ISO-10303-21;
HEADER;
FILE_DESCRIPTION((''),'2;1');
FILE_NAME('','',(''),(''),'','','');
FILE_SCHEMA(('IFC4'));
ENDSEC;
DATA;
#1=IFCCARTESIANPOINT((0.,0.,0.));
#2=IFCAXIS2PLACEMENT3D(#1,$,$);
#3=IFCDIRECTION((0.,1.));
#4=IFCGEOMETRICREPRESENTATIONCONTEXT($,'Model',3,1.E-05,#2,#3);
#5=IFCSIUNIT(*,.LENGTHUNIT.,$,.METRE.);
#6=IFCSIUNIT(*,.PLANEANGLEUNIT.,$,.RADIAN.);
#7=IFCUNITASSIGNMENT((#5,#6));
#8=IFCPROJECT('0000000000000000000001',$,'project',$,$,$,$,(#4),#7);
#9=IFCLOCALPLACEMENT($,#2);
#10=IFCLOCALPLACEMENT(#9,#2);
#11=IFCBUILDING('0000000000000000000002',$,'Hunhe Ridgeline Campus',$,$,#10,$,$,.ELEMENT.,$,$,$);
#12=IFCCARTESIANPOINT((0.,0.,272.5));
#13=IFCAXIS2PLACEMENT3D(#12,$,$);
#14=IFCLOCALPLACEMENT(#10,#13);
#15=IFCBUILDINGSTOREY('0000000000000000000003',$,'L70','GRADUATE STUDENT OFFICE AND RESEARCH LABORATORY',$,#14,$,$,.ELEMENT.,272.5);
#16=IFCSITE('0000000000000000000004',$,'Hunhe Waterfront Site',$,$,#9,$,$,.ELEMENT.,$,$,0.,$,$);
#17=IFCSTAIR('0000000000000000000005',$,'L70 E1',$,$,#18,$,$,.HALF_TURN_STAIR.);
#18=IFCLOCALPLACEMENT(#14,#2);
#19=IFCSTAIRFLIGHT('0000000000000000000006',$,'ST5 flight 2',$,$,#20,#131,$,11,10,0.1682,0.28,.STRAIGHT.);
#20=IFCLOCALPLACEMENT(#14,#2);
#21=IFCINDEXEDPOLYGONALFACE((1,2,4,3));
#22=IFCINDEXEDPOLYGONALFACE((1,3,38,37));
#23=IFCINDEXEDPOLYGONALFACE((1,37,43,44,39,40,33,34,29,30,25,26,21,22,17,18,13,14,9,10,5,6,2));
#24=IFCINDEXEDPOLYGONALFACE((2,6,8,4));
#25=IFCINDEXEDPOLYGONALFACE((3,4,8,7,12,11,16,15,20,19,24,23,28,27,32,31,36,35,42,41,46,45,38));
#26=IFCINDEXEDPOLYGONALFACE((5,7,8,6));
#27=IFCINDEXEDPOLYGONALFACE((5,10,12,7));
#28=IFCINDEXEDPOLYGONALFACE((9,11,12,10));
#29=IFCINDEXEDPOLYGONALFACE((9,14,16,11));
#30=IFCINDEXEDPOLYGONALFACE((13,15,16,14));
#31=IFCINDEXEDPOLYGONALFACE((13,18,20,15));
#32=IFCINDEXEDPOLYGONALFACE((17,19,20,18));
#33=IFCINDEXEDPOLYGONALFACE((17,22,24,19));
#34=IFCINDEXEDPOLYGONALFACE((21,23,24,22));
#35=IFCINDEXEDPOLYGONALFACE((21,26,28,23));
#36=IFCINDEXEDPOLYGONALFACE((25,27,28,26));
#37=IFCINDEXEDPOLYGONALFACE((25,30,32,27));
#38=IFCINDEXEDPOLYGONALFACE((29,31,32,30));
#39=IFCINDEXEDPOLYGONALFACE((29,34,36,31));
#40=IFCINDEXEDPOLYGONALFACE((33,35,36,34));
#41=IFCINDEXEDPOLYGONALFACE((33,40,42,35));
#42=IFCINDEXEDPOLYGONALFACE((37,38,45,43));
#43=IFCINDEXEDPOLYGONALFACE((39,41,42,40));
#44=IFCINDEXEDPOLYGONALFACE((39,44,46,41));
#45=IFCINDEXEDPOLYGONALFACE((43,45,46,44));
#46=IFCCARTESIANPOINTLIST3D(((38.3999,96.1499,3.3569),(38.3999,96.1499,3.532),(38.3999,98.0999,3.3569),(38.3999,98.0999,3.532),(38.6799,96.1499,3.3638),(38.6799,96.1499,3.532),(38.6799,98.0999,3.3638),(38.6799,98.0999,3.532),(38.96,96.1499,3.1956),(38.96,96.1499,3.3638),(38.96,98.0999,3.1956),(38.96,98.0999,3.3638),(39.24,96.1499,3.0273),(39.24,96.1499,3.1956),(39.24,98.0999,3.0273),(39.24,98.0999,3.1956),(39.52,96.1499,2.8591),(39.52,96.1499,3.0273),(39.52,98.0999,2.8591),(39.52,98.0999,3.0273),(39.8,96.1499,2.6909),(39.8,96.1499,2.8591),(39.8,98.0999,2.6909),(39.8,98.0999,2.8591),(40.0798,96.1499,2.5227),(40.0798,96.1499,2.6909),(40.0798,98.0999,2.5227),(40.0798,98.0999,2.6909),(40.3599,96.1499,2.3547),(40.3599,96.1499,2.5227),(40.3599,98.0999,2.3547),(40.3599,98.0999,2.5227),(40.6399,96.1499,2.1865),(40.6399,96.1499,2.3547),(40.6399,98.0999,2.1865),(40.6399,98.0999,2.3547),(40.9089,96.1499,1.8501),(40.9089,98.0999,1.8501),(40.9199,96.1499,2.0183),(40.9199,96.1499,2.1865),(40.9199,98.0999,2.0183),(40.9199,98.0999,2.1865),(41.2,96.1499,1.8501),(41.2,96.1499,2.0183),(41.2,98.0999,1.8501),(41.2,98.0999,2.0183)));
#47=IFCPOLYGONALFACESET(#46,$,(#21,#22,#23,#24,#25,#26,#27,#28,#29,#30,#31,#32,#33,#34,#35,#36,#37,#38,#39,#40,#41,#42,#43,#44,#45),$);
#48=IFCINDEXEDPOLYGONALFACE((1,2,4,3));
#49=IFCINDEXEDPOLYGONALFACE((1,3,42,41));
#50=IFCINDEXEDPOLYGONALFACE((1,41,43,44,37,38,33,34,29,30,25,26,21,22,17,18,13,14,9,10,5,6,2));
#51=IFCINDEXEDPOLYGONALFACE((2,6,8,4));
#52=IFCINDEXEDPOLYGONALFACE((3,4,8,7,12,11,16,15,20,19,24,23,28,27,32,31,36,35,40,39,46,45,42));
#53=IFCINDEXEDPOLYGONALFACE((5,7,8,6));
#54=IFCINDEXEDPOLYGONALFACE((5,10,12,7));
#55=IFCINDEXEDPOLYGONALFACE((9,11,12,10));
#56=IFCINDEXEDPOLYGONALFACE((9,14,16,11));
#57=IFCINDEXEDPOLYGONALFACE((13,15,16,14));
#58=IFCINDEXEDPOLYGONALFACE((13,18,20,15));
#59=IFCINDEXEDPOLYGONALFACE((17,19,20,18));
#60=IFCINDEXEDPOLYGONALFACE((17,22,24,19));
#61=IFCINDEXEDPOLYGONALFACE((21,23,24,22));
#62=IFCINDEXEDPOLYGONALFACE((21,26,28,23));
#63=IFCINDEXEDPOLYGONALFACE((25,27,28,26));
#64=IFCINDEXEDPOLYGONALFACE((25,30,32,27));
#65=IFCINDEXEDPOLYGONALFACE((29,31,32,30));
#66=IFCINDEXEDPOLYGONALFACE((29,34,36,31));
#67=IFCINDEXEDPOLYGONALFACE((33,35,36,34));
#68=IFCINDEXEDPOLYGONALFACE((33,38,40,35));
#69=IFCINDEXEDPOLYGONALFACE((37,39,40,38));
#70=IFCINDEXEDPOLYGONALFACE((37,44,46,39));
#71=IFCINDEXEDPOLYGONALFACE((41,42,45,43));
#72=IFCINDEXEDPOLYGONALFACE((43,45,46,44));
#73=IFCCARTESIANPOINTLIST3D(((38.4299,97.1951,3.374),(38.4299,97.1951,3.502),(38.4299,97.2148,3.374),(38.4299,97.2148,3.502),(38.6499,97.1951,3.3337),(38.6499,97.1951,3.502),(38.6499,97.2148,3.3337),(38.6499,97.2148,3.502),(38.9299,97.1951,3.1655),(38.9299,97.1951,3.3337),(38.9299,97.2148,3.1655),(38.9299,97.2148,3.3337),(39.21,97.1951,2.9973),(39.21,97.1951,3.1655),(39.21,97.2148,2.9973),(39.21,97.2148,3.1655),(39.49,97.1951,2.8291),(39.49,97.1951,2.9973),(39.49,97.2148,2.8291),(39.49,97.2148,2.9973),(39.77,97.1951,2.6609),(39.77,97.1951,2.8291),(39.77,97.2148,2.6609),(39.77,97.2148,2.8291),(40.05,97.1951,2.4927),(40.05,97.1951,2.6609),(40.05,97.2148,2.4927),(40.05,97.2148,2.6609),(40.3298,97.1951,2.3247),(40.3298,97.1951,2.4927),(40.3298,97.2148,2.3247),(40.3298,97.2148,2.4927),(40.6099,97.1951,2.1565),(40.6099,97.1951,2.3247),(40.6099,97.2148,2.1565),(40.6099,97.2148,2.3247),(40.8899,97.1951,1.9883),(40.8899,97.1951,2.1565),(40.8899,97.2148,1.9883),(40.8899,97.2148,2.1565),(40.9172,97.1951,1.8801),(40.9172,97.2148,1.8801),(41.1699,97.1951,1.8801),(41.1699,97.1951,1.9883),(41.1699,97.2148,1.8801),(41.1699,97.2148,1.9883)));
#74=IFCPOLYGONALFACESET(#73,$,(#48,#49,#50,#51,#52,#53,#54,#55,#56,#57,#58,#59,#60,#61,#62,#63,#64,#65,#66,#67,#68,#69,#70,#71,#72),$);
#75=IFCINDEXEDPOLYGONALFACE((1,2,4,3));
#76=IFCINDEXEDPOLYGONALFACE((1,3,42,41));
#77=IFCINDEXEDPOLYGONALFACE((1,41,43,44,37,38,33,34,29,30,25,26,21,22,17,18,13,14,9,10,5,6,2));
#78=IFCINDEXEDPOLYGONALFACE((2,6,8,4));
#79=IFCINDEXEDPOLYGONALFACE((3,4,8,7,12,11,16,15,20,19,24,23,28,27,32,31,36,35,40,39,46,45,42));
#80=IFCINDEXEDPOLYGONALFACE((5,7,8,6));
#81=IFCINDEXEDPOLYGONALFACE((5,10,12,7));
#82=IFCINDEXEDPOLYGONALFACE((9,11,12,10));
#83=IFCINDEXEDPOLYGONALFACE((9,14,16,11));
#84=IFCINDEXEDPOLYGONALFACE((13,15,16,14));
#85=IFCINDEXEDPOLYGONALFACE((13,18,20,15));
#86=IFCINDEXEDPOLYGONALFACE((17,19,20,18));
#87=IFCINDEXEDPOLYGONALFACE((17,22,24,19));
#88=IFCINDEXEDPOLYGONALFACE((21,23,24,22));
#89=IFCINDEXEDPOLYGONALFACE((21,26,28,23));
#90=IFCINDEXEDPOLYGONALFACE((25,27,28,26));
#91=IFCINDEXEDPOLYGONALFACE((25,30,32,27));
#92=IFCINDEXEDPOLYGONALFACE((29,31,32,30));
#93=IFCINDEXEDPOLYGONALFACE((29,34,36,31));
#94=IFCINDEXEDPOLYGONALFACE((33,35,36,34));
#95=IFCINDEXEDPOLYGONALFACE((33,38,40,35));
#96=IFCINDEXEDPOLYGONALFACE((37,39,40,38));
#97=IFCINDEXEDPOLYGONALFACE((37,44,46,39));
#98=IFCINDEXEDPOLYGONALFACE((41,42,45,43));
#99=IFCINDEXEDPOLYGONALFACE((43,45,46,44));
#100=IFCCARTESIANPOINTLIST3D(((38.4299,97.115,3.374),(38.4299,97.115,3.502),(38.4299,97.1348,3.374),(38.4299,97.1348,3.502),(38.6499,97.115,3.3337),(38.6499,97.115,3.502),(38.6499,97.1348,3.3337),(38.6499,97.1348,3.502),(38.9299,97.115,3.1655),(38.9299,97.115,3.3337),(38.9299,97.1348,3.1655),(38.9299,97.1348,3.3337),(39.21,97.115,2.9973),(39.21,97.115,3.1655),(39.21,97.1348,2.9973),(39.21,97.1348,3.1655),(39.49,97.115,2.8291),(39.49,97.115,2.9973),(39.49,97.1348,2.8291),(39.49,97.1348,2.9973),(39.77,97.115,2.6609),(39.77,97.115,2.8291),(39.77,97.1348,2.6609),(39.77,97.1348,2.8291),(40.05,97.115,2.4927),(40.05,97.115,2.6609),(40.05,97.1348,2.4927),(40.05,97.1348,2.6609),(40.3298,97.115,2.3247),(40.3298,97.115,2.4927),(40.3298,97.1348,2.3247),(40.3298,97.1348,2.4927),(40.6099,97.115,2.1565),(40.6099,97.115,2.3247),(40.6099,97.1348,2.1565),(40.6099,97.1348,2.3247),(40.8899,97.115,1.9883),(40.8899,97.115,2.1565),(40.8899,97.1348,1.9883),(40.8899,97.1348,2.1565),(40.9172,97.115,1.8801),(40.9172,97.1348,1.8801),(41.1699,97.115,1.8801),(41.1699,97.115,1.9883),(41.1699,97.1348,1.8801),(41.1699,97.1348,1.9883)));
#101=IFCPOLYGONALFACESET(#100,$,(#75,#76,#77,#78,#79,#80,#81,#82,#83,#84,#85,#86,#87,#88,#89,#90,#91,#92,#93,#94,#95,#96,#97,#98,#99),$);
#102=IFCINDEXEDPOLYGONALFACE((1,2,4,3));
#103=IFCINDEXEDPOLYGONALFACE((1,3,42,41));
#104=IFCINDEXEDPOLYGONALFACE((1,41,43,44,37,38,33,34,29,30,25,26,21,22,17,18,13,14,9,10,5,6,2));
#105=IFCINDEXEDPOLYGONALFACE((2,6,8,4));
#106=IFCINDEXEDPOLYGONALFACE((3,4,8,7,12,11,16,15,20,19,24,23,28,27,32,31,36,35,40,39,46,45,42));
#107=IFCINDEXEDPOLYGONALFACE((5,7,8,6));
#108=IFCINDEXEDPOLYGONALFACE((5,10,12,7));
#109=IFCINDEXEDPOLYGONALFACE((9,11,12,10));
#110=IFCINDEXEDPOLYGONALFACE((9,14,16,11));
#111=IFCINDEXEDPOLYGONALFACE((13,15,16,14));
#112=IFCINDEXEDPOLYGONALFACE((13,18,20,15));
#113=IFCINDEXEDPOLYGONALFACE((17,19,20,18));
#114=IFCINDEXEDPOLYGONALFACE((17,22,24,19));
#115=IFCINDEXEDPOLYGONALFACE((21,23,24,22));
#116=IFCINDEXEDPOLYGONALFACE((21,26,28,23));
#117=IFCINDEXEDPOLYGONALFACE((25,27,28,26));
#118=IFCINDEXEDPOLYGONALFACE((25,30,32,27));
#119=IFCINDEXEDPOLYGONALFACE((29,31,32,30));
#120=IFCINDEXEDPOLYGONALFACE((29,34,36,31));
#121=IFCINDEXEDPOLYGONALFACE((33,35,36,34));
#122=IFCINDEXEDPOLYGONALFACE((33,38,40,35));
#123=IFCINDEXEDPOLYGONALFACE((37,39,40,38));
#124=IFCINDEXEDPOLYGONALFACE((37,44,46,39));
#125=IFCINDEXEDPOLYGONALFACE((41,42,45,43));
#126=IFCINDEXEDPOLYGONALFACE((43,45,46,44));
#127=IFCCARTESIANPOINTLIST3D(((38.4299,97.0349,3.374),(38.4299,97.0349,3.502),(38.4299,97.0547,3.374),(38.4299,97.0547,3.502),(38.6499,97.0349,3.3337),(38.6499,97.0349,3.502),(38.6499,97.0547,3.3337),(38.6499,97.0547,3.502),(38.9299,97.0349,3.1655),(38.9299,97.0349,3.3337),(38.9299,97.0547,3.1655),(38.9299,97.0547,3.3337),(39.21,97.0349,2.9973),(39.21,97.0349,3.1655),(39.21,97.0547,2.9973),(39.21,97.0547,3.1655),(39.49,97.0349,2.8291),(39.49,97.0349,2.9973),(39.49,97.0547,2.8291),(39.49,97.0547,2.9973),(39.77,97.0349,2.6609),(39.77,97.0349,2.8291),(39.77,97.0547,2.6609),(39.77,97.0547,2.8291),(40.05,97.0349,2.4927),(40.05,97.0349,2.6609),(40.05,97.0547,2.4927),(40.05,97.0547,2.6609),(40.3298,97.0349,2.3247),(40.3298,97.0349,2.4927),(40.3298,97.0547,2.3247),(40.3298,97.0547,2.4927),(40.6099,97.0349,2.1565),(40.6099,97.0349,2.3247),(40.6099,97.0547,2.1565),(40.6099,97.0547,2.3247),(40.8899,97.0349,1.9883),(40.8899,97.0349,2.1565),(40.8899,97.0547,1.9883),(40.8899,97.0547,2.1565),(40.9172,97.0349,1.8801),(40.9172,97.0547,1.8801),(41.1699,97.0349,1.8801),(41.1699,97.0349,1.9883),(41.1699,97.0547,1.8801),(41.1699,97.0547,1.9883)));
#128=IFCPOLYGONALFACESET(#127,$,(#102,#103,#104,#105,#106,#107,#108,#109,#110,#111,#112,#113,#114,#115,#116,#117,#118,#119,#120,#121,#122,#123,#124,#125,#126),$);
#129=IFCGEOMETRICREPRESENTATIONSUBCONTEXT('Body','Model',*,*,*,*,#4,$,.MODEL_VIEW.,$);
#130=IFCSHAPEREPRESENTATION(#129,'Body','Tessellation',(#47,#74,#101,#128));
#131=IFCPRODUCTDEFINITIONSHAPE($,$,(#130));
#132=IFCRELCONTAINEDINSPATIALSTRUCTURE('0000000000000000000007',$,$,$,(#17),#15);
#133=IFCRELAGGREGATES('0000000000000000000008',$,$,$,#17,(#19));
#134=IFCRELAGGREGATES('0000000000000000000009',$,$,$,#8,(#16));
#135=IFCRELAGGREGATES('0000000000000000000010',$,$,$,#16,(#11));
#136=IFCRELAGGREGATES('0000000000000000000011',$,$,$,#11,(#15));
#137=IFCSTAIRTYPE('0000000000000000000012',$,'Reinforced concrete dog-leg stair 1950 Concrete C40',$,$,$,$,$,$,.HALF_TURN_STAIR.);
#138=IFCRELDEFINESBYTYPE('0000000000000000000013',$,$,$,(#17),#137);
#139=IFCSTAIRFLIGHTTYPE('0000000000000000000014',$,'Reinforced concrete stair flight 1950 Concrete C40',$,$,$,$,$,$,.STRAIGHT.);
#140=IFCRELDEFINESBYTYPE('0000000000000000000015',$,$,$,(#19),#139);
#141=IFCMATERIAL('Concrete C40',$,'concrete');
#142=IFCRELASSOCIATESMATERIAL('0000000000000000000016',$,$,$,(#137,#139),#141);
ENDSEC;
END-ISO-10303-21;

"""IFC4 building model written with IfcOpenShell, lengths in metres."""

from ifc_helpers import new_model, si_unit, direction, frame, origin, place, context, subcontext, project, spatial, polyline, outline, extrude, material, type_object, element, aggregate, save


model = new_model("IFC4")

# Units and contexts
model_context = context("Model", 3, precision=1e-05, world=origin(), true_north=direction((0.0, 1.0)))
body_context = subcontext(model_context, "Body", "Model", "MODEL_VIEW")
ifc_project = project(units=[si_unit("LENGTHUNIT", "METRE"), si_unit("PLANEANGLEUNIT", "RADIAN")], contexts=[model_context])

# Site, building, storey
site_placement = place(None, origin())
site = spatial("IfcSite", under=ifc_project, at=site_placement, Name="Hunhe Waterfront Site", CompositionType="ELEMENT", RefElevation=0.0)
building_placement = place(site_placement, origin())
building = spatial("IfcBuilding", under=site, at=building_placement, Name="Hunhe Ridgeline Campus", CompositionType="ELEMENT")
storey_placement = place(building_placement, frame((0.0, 0.0, 272.5)))
storey = spatial("IfcBuildingStorey", under=building, at=storey_placement, Name="L70", Description="GRADUATE STUDENT OFFICE AND RESEARCH LABORATORY", CompositionType="ELEMENT", Elevation=272.5)

# Stair, stair flight
ifc_material_1 = material(Name="Concrete C40", Category="concrete")
stair_type = type_object("IfcStairType", Name="Reinforced concrete dog-leg stair 1950 Concrete C40", PredefinedType="HALF_TURN_STAIR", material=ifc_material_1)
stair_placement = place(storey_placement, origin())
stair = element("IfcStair", 1, at=stair_placement, inside=storey, type_object=stair_type, Name="L70 E1", PredefinedType="HALF_TURN_STAIR")
stair_flight_type = type_object("IfcStairFlightType", Name="Reinforced concrete stair flight 1950 Concrete C40", PredefinedType="STRAIGHT", material=ifc_material_1)
stair_flight_1_placement = place(storey_placement, frame((41.2, 97.125, 1.8501), z_axis=(0.0, 0.0, 1.0), x_axis=(-1.0, 0.0, 0.0)))
stair_flight_1 = element("IfcStairFlight", 2, at=stair_flight_1_placement, type_object=stair_flight_type, Name="ST5 flight 2", NumberOfRisers=11, NumberOfTreads=10, PredefinedType="STRAIGHT", RiserHeight=0.1682, TreadLength=0.28, context=body_context, shape_type="SweptSolid", body=[
    extrude(outline(polyline([(0.0, 0.0), (0.0, 0.1682), (0.28, 0.1682), (0.28, 0.3364), (0.5601, 0.3364), (0.5601, 0.5046), (0.8401, 0.5046), (0.8401, 0.6726), (1.1201, 0.6726), (1.1201, 0.8408), (1.3999, 0.8408), (1.3999, 1.009), (1.6799, 1.009), (1.6799, 1.1772), (1.96, 1.1772), (1.96, 1.3455), (2.24, 1.3455), (2.24, 1.5137), (2.52, 1.5137), (2.52, 1.6819), (2.8, 1.6819), (2.8, 1.8501), (2.8, 1.5068), (0.291, 0.0), (0.0, 0.0)])), frame((0.0, 0.9751, 0.0), z_axis=(0.0, -1.0, 0.0), x_axis=(1.0, 0.0, 0.0)), (0.0, 0.0, 1.0), 1.95),
    extrude(outline(polyline([(0.03, 0.03), (0.03, 0.1382), (0.3101, 0.1382), (0.3101, 0.3064), (0.5901, 0.3064), (0.5901, 0.4746), (0.8701, 0.4746), (0.8701, 0.6426), (1.1499, 0.6426), (1.1499, 0.8108), (1.4299, 0.8108), (1.4299, 0.979), (1.71, 0.979), (1.71, 1.1472), (1.99, 1.1472), (1.99, 1.3154), (2.27, 1.3154), (2.27, 1.4836), (2.55, 1.4836), (2.55, 1.6519), (2.77, 1.6519), (2.77, 1.5239), (0.2827, 0.03), (0.03, 0.03)])), frame((0.0, -0.0701, 0.0), z_axis=(0.0, -1.0, 0.0), x_axis=(1.0, 0.0, 0.0)), (0.0, 0.0, 1.0), 0.0198),
    extrude(outline(polyline([(0.03, 0.03), (0.03, 0.1382), (0.3101, 0.1382), (0.3101, 0.3064), (0.5901, 0.3064), (0.5901, 0.4746), (0.8701, 0.4746), (0.8701, 0.6426), (1.1499, 0.6426), (1.1499, 0.8108), (1.4299, 0.8108), (1.4299, 0.979), (1.71, 0.979), (1.71, 1.1472), (1.99, 1.1472), (1.99, 1.3154), (2.27, 1.3154), (2.27, 1.4836), (2.55, 1.4836), (2.55, 1.6519), (2.77, 1.6519), (2.77, 1.5239), (0.2827, 0.03), (0.03, 0.03)])), frame((0.0, 0.01, 0.0), z_axis=(0.0, -1.0, 0.0), x_axis=(1.0, 0.0, 0.0)), (0.0, 0.0, 1.0), 0.0198),
    extrude(outline(polyline([(0.03, 0.03), (0.03, 0.1382), (0.3101, 0.1382), (0.3101, 0.3064), (0.5901, 0.3064), (0.5901, 0.4746), (0.8701, 0.4746), (0.8701, 0.6426), (1.1499, 0.6426), (1.1499, 0.8108), (1.4299, 0.8108), (1.4299, 0.979), (1.71, 0.979), (1.71, 1.1472), (1.99, 1.1472), (1.99, 1.3154), (2.27, 1.3154), (2.27, 1.4836), (2.55, 1.4836), (2.55, 1.6519), (2.77, 1.6519), (2.77, 1.5239), (0.2827, 0.03), (0.03, 0.03)])), frame((0.0, 0.0901, 0.0), z_axis=(0.0, -1.0, 0.0), x_axis=(1.0, 0.0, 0.0)), (0.0, 0.0, 1.0), 0.0198),
])
aggregate(stair, [stair_flight_1])

save(model, "model.ifc")
